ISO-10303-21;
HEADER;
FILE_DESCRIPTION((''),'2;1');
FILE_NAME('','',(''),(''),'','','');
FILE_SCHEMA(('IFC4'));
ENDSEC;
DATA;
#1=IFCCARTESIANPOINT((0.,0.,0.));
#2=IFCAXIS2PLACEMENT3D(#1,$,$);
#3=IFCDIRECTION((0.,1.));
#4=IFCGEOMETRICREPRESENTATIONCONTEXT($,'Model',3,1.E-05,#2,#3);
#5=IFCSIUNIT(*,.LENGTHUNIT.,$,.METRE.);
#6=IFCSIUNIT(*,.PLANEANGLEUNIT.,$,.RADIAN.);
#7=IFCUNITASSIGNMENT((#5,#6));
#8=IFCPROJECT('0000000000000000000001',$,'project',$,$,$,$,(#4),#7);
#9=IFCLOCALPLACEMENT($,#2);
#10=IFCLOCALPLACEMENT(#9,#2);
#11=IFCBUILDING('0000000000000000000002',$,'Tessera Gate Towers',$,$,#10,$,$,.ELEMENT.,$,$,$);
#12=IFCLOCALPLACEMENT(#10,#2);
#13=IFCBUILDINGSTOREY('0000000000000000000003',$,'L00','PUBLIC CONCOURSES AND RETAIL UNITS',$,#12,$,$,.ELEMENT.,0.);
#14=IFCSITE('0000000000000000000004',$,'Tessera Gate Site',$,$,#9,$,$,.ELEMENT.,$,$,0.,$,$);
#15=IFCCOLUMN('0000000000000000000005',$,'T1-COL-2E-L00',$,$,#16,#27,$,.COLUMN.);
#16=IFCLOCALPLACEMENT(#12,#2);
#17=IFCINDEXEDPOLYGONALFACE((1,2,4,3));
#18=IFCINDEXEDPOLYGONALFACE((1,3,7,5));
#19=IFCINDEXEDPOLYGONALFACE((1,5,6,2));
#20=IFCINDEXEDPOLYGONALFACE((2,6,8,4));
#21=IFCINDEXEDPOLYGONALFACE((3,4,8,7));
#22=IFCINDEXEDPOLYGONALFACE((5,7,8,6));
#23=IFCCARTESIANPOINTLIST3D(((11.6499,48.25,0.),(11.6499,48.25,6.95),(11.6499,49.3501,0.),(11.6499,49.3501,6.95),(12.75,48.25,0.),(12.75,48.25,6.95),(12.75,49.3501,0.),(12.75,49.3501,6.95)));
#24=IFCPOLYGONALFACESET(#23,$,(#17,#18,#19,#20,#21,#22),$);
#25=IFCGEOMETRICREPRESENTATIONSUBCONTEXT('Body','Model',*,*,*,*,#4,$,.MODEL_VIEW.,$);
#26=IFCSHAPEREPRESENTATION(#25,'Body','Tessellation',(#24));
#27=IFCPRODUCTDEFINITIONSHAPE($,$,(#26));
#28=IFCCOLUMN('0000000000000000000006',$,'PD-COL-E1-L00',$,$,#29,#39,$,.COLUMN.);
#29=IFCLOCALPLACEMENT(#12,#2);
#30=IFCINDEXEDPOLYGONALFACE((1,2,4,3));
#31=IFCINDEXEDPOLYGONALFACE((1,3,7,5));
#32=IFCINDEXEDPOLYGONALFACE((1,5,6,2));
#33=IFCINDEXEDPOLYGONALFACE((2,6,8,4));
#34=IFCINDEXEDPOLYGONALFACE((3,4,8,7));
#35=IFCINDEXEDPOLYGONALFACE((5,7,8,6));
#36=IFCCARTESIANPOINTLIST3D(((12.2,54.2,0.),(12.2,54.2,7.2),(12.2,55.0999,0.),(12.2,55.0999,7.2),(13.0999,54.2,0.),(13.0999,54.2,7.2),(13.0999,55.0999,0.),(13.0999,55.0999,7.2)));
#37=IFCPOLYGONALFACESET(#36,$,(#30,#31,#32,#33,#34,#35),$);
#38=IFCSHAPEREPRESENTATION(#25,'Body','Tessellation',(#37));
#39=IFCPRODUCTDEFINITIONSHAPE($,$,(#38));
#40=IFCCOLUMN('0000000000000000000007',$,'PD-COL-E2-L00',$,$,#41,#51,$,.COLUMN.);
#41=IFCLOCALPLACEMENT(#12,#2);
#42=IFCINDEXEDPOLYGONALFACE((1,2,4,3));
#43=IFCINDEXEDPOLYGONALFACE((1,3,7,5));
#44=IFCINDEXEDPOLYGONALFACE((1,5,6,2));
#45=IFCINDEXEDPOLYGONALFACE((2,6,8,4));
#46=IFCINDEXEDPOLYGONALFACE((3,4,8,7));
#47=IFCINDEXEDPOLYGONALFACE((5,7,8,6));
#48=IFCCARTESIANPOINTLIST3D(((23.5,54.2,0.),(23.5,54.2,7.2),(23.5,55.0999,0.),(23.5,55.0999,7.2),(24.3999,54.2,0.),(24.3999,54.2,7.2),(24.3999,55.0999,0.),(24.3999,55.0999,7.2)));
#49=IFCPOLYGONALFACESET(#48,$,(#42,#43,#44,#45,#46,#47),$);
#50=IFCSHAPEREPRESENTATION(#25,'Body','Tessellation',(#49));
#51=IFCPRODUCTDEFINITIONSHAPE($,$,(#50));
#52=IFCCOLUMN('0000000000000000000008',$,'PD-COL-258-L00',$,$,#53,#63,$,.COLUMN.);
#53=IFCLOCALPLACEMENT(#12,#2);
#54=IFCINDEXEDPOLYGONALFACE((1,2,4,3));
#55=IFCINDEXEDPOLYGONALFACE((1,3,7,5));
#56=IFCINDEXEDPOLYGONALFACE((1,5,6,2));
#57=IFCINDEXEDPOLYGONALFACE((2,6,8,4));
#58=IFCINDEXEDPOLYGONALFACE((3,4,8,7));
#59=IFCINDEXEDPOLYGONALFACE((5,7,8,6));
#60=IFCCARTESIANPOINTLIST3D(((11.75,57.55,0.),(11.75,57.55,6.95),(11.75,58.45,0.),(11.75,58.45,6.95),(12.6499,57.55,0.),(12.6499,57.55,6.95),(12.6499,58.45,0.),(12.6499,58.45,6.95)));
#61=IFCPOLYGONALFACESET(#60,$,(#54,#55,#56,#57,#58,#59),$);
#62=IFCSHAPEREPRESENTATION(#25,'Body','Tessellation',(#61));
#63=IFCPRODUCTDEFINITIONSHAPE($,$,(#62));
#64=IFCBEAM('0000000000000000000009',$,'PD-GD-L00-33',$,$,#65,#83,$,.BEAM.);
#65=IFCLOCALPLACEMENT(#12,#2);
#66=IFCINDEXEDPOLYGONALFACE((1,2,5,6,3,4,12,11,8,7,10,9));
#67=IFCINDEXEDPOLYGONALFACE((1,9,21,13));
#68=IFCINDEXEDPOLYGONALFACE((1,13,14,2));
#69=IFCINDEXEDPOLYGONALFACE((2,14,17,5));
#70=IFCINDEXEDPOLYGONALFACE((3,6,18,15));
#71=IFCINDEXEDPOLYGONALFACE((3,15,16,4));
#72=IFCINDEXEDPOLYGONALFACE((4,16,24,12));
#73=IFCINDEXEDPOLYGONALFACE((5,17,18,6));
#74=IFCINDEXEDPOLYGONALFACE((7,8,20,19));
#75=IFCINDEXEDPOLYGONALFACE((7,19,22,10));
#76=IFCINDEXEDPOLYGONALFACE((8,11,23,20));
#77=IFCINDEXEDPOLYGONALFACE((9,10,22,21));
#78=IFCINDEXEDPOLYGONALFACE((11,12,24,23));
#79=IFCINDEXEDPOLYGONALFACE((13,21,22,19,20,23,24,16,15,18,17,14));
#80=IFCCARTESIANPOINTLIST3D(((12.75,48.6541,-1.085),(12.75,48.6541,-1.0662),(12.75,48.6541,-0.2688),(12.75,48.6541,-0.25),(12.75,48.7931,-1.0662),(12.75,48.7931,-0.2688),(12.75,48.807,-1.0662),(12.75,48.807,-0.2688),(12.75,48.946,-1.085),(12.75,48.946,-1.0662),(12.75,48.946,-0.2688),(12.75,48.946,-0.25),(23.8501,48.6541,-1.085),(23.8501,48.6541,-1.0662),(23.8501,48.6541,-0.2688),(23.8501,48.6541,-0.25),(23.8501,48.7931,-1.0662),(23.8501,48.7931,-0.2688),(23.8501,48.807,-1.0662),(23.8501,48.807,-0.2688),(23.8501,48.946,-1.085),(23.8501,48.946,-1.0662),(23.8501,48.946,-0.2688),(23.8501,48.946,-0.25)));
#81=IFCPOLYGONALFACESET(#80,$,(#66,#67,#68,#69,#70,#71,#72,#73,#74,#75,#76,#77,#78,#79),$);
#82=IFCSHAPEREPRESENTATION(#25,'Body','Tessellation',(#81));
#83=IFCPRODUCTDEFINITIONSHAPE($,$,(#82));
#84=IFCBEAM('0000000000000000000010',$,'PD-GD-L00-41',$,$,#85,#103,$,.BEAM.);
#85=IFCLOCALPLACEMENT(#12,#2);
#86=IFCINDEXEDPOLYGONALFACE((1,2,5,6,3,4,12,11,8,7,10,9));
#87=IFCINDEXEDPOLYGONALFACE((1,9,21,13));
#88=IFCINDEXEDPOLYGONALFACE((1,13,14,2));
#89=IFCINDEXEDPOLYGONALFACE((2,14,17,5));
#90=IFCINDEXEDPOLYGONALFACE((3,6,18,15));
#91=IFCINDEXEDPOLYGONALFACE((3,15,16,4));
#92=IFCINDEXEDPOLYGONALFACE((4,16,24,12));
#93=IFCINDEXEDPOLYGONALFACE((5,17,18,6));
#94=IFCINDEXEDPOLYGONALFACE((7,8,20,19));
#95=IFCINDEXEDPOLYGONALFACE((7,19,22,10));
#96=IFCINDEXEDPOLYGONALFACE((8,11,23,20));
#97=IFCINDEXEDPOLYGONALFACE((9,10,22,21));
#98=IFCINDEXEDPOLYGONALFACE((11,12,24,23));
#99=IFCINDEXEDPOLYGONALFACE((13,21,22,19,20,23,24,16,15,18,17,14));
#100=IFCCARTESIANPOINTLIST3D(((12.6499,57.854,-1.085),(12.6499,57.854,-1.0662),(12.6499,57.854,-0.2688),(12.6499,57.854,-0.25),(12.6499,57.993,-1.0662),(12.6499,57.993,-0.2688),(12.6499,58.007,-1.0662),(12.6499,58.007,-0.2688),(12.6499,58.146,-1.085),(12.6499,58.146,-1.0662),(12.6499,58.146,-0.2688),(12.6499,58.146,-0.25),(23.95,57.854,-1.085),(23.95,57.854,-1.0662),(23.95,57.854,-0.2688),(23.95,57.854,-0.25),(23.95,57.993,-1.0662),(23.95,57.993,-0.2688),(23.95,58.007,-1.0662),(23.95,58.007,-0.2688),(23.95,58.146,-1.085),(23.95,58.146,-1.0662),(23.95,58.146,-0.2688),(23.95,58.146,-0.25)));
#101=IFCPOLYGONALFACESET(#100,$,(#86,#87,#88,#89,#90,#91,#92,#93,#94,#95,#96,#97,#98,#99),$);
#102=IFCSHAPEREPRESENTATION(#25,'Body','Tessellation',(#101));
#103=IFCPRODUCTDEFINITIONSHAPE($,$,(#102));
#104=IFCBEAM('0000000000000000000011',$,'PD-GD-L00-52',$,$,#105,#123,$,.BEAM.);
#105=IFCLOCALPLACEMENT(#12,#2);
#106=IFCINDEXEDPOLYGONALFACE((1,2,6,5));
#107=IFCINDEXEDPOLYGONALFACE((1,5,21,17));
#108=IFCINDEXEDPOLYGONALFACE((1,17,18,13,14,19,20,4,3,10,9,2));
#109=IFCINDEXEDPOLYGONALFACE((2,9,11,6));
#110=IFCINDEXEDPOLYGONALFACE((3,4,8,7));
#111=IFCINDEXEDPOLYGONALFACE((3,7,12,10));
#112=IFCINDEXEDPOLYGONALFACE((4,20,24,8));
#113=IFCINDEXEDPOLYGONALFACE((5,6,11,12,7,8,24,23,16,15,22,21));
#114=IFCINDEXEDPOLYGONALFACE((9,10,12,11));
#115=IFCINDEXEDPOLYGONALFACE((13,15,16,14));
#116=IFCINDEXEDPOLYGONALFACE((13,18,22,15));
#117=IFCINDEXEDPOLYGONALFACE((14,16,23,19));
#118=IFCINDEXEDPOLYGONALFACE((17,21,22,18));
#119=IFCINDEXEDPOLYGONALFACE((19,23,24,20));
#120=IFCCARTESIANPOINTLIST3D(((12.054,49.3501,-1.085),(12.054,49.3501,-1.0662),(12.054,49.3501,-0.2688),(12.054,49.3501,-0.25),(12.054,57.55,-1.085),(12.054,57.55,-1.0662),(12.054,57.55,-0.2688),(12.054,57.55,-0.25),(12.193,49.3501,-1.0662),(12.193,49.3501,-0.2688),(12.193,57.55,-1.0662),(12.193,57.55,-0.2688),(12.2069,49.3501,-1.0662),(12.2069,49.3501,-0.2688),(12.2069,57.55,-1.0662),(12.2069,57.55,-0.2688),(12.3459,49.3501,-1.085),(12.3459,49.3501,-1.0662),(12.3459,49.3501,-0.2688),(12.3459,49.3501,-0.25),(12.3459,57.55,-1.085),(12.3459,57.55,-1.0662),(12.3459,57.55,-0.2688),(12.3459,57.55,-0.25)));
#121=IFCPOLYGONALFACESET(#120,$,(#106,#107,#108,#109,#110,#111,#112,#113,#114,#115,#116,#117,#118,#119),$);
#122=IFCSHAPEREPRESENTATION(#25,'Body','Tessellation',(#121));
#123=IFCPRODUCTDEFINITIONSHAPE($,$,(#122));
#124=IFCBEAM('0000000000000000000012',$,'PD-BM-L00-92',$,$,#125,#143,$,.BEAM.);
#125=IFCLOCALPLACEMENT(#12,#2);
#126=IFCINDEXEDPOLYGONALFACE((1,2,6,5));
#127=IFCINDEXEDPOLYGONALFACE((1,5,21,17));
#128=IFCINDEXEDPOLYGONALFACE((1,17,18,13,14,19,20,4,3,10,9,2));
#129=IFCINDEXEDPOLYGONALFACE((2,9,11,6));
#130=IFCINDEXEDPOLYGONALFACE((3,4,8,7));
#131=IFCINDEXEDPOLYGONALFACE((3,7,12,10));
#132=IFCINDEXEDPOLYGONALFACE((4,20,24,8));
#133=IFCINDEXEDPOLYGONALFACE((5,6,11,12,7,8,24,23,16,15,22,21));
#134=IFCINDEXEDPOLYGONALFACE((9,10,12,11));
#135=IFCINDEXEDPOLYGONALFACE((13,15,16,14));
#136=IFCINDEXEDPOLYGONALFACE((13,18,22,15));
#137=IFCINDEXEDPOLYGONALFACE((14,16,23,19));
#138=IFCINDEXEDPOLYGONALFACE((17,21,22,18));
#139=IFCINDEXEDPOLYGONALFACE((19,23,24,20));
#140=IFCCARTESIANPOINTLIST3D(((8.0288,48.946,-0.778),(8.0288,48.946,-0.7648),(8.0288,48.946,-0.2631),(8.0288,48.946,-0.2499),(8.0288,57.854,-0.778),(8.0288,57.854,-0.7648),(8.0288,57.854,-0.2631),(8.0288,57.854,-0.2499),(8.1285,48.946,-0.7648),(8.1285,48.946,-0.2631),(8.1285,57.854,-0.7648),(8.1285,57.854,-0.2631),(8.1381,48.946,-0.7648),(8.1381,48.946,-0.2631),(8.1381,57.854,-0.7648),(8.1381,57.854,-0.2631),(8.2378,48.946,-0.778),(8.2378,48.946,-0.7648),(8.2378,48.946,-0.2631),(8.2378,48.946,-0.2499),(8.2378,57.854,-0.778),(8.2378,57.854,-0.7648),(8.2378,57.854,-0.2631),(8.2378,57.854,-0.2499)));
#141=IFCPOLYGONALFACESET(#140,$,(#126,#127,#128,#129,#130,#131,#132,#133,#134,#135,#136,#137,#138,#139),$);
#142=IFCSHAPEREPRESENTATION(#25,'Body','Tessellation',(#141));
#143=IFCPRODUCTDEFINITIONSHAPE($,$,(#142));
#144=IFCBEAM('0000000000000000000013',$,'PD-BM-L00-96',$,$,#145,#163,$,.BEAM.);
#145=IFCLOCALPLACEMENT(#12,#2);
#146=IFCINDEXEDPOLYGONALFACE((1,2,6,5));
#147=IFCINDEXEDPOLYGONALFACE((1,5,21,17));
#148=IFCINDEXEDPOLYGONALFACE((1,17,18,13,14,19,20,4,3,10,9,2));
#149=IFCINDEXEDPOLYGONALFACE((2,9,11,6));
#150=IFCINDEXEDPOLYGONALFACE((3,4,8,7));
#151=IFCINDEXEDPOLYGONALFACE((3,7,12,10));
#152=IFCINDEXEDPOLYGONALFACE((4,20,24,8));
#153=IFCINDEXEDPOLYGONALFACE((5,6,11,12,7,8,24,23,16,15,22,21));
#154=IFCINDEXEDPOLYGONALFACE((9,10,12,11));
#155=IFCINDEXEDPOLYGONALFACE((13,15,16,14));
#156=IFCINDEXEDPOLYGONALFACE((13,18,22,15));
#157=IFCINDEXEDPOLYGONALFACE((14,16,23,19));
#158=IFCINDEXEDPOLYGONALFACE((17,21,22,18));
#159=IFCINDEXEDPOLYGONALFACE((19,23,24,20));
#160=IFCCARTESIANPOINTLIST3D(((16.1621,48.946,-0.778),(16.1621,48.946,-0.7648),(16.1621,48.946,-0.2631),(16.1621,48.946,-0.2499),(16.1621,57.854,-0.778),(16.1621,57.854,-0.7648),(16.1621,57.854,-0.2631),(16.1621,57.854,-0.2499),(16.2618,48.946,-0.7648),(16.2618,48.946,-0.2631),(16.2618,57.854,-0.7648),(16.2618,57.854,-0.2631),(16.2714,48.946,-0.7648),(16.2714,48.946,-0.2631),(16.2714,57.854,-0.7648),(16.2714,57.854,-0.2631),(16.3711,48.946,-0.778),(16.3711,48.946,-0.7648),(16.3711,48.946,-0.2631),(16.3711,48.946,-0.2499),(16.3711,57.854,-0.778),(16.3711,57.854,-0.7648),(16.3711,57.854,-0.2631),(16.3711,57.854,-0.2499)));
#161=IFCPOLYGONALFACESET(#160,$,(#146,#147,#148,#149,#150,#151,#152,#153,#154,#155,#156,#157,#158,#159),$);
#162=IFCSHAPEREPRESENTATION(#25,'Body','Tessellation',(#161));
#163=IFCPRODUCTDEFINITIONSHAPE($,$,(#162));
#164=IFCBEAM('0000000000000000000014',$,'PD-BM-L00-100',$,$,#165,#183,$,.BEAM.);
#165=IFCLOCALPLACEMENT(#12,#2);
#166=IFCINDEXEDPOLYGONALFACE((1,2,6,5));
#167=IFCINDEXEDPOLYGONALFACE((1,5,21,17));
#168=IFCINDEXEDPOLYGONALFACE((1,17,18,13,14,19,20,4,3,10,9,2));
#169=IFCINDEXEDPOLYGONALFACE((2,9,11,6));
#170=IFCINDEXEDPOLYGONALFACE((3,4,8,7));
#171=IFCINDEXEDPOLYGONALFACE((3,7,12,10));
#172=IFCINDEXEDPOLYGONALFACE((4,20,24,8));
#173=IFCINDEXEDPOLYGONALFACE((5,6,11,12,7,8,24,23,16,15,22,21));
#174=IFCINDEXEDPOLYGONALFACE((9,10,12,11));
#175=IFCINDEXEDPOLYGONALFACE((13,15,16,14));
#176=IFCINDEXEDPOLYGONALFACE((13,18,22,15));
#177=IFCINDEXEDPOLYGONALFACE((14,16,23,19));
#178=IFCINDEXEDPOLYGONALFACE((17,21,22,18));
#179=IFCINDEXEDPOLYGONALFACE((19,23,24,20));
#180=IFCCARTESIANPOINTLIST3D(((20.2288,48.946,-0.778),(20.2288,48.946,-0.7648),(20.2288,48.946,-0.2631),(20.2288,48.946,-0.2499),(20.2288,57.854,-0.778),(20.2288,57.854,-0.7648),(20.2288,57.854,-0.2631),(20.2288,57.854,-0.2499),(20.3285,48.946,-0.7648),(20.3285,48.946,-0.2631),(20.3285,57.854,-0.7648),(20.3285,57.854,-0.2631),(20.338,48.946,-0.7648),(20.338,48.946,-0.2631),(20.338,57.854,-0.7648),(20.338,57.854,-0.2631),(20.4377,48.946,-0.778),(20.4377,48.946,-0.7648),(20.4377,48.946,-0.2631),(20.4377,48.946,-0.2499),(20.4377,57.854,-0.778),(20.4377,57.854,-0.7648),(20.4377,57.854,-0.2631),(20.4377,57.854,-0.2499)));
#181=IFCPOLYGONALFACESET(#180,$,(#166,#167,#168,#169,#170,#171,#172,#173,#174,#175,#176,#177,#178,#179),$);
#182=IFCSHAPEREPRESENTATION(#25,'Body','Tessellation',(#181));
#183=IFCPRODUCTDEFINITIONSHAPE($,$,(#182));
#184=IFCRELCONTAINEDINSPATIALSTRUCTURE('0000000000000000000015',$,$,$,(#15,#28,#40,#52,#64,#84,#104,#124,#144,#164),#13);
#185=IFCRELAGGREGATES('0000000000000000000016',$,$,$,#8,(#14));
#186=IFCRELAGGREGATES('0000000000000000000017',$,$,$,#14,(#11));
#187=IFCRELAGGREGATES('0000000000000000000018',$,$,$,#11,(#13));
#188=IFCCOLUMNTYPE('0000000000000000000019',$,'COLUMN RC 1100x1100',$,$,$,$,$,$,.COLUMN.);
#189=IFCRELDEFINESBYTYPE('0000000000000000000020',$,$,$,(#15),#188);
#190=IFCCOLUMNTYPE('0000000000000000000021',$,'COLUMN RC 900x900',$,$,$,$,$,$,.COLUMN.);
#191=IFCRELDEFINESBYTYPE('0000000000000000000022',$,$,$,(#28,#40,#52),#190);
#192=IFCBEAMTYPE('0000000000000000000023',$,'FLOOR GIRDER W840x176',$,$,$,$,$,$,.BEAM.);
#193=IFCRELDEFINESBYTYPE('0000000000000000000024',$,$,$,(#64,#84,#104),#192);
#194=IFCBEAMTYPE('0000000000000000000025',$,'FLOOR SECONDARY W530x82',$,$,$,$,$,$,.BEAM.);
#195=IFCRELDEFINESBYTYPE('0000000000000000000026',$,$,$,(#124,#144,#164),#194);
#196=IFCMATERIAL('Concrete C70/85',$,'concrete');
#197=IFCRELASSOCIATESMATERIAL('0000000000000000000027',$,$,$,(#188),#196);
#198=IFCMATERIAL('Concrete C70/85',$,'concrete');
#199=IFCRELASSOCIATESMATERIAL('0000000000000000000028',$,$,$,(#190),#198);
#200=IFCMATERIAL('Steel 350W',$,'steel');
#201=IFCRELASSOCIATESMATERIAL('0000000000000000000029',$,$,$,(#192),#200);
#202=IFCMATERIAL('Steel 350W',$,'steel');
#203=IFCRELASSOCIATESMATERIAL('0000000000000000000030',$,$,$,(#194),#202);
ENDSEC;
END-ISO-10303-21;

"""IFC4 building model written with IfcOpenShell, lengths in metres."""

from ifc_helpers import new_model, si_unit, direction, frame, origin, origin_2d, place, context, subcontext, project, spatial, rectangle, i_section, extrude, material, material_profile, profile_set, type_object, element, save


model = new_model("IFC4")

# Units and contexts
model_context = context("Model", 3, precision=1e-05, world=origin(), true_north=direction((0.0, 1.0)))
body_context = subcontext(model_context, "Body", "Model", "MODEL_VIEW")
ifc_project = project(units=[si_unit("LENGTHUNIT", "METRE"), si_unit("PLANEANGLEUNIT", "RADIAN")], contexts=[model_context])

# Site, building, storey
site_placement = place(None, origin())
site = spatial("IfcSite", under=ifc_project, at=site_placement, Name="Tessera Gate Site", CompositionType="ELEMENT", RefElevation=0.0)
building_placement = place(site_placement, origin())
building = spatial("IfcBuilding", under=site, at=building_placement, Name="Tessera Gate Towers", CompositionType="ELEMENT")
storey_placement = place(building_placement, origin())
storey = spatial("IfcBuildingStorey", under=building, at=storey_placement, Name="L00", Description="PUBLIC CONCOURSES AND RETAIL UNITS", CompositionType="ELEMENT", Elevation=0.0)

# Columns
ifc_material_1 = material(Name="Concrete C70/85", Category="concrete")
ifc_material_profile_1 = material_profile(ifc_material_1, rectangle(XDim=1.1001, YDim=1.1001, at=origin_2d()), Name="RC 1100x1100")
ifc_profile_set_1 = profile_set([ifc_material_profile_1], Name="Concrete C70/85")
column_type_1 = type_object("IfcColumnType", Name="COLUMN RC 1100x1100", PredefinedType="COLUMN", material=ifc_profile_set_1)
column_1_placement = place(storey_placement, frame((12.2, 48.8, 0.0), z_axis=(0.0, 0.0, 1.0), x_axis=(1.0, 0.0, 0.0)))
element("IfcColumn", 1, at=column_1_placement, inside=storey, type_object=column_type_1, Name="T1-COL-2E-L00", PredefinedType="COLUMN", context=body_context, shape_type="SweptSolid", body=[
    extrude(rectangle(XDim=1.1001, YDim=1.1001, at=origin_2d()), origin(), (0.0, 0.0, 1.0), 6.95),
])
ifc_material_2 = material(Name="Concrete C70/85", Category="concrete")
ifc_material_profile_2 = material_profile(ifc_material_2, rectangle(XDim=0.8999, YDim=0.8999, at=origin_2d()), Name="RC 900x900")
ifc_profile_set_2 = profile_set([ifc_material_profile_2], Name="Concrete C70/85")
column_type_2 = type_object("IfcColumnType", Name="COLUMN RC 900x900", PredefinedType="COLUMN", material=ifc_profile_set_2)
for number, where, z_axis, x_axis, name in (
    (2, (12.6499, 54.6499, 0.0), (0.0, 0.0, 1.0), (1.0, 0.0, 0.0), "PD-COL-E1-L00"),
    (3, (23.95, 54.6499, 0.0), (0.0, 0.0, 1.0), (1.0, 0.0, 0.0), "PD-COL-E2-L00"),
):
    element("IfcColumn", number, at=place(storey_placement, frame(where, z_axis=z_axis, x_axis=x_axis)), inside=storey, type_object=column_type_2, Name=name, PredefinedType="COLUMN", context=body_context, shape_type="SweptSolid", body=[
        extrude(rectangle(XDim=0.8999, YDim=0.8999, at=origin_2d()), origin(), (0.0, 0.0, 1.0), 7.2),
    ])
column_2_placement = place(storey_placement, frame((12.2, 58.0, 0.0), z_axis=(0.0, 0.0, 1.0), x_axis=(1.0, 0.0, 0.0)))
element("IfcColumn", 4, at=column_2_placement, inside=storey, type_object=column_type_2, Name="PD-COL-258-L00", PredefinedType="COLUMN", context=body_context, shape_type="SweptSolid", body=[
    extrude(rectangle(XDim=0.8999, YDim=0.8999, at=origin_2d()), origin(), (0.0, 0.0, 1.0), 6.95),
])

# Beams
ifc_material_3 = material(Name="Steel 350W", Category="steel")
ifc_material_profile_3 = material_profile(ifc_material_3, i_section(OverallWidth=0.292, OverallDepth=0.835, WebThickness=0.0139, FlangeThickness=0.0188, at=origin_2d()), Name="W840x176")
ifc_profile_set_3 = profile_set([ifc_material_profile_3], Name="Steel 350W")
beam_type_1 = type_object("IfcBeamType", Name="FLOOR GIRDER W840x176", PredefinedType="BEAM", material=ifc_profile_set_3)
beam_1_placement = place(storey_placement, frame((12.75, 48.8, -0.6675), z_axis=(1.0, 0.0, 0.0), x_axis=(0.0, 1.0, 0.0)))
element("IfcBeam", 5, at=beam_1_placement, inside=storey, type_object=beam_type_1, Name="PD-GD-L00-33", PredefinedType="BEAM", context=body_context, shape_type="SweptSolid", body=[
    extrude(i_section(OverallWidth=0.292, OverallDepth=0.835, WebThickness=0.0139, FlangeThickness=0.0188, at=origin_2d()), origin(), (0.0, 0.0, 1.0), 11.1001),
])
beam_2_placement = place(storey_placement, frame((12.6499, 58.0, -0.6675), z_axis=(1.0, 0.0, 0.0), x_axis=(0.0, 1.0, 0.0)))
element("IfcBeam", 6, at=beam_2_placement, inside=storey, type_object=beam_type_1, Name="PD-GD-L00-41", PredefinedType="BEAM", context=body_context, shape_type="SweptSolid", body=[
    extrude(i_section(OverallWidth=0.292, OverallDepth=0.835, WebThickness=0.0139, FlangeThickness=0.0188, at=origin_2d()), origin(), (0.0, 0.0, 1.0), 11.3),
])
beam_3_placement = place(storey_placement, frame((12.2, 49.3501, -0.6675), z_axis=(0.0, 1.0, 0.0), x_axis=(-1.0, 0.0, 0.0)))
element("IfcBeam", 7, at=beam_3_placement, inside=storey, type_object=beam_type_1, Name="PD-GD-L00-52", PredefinedType="BEAM", context=body_context, shape_type="SweptSolid", body=[
    extrude(i_section(OverallWidth=0.292, OverallDepth=0.835, WebThickness=0.0139, FlangeThickness=0.0188, at=origin_2d()), origin(), (0.0, 0.0, 1.0), 8.2),
])
ifc_material_4 = material(Name="Steel 350W", Category="steel")
ifc_material_profile_4 = material_profile(ifc_material_4, i_section(OverallWidth=0.209, OverallDepth=0.5281, WebThickness=0.0095, FlangeThickness=0.0132, at=origin_2d()), Name="W530x82")
ifc_profile_set_4 = profile_set([ifc_material_profile_4], Name="Steel 350W")
beam_type_2 = type_object("IfcBeamType", Name="FLOOR SECONDARY W530x82", PredefinedType="BEAM", material=ifc_profile_set_4)
for number, where, z_axis, x_axis, name in (
    (8, (8.1333, 48.946, -0.5139), (0.0, 1.0, 0.0), (-1.0, 0.0, 0.0), "PD-BM-L00-92"),
    (9, (16.2666, 48.946, -0.5139), (0.0, 1.0, 0.0), (-1.0, 0.0, 0.0), "PD-BM-L00-96"),
    (10, (20.3333, 48.946, -0.5139), (0.0, 1.0, 0.0), (-1.0, 0.0, 0.0), "PD-BM-L00-100"),
):
    element("IfcBeam", number, at=place(storey_placement, frame(where, z_axis=z_axis, x_axis=x_axis)), inside=storey, type_object=beam_type_2, Name=name, PredefinedType="BEAM", context=body_context, shape_type="SweptSolid", body=[
        extrude(i_section(OverallWidth=0.209, OverallDepth=0.5281, WebThickness=0.0095, FlangeThickness=0.0132, at=origin_2d()), origin(), (0.0, 0.0, 1.0), 8.908),
    ])

save(model, "model.ifc")
